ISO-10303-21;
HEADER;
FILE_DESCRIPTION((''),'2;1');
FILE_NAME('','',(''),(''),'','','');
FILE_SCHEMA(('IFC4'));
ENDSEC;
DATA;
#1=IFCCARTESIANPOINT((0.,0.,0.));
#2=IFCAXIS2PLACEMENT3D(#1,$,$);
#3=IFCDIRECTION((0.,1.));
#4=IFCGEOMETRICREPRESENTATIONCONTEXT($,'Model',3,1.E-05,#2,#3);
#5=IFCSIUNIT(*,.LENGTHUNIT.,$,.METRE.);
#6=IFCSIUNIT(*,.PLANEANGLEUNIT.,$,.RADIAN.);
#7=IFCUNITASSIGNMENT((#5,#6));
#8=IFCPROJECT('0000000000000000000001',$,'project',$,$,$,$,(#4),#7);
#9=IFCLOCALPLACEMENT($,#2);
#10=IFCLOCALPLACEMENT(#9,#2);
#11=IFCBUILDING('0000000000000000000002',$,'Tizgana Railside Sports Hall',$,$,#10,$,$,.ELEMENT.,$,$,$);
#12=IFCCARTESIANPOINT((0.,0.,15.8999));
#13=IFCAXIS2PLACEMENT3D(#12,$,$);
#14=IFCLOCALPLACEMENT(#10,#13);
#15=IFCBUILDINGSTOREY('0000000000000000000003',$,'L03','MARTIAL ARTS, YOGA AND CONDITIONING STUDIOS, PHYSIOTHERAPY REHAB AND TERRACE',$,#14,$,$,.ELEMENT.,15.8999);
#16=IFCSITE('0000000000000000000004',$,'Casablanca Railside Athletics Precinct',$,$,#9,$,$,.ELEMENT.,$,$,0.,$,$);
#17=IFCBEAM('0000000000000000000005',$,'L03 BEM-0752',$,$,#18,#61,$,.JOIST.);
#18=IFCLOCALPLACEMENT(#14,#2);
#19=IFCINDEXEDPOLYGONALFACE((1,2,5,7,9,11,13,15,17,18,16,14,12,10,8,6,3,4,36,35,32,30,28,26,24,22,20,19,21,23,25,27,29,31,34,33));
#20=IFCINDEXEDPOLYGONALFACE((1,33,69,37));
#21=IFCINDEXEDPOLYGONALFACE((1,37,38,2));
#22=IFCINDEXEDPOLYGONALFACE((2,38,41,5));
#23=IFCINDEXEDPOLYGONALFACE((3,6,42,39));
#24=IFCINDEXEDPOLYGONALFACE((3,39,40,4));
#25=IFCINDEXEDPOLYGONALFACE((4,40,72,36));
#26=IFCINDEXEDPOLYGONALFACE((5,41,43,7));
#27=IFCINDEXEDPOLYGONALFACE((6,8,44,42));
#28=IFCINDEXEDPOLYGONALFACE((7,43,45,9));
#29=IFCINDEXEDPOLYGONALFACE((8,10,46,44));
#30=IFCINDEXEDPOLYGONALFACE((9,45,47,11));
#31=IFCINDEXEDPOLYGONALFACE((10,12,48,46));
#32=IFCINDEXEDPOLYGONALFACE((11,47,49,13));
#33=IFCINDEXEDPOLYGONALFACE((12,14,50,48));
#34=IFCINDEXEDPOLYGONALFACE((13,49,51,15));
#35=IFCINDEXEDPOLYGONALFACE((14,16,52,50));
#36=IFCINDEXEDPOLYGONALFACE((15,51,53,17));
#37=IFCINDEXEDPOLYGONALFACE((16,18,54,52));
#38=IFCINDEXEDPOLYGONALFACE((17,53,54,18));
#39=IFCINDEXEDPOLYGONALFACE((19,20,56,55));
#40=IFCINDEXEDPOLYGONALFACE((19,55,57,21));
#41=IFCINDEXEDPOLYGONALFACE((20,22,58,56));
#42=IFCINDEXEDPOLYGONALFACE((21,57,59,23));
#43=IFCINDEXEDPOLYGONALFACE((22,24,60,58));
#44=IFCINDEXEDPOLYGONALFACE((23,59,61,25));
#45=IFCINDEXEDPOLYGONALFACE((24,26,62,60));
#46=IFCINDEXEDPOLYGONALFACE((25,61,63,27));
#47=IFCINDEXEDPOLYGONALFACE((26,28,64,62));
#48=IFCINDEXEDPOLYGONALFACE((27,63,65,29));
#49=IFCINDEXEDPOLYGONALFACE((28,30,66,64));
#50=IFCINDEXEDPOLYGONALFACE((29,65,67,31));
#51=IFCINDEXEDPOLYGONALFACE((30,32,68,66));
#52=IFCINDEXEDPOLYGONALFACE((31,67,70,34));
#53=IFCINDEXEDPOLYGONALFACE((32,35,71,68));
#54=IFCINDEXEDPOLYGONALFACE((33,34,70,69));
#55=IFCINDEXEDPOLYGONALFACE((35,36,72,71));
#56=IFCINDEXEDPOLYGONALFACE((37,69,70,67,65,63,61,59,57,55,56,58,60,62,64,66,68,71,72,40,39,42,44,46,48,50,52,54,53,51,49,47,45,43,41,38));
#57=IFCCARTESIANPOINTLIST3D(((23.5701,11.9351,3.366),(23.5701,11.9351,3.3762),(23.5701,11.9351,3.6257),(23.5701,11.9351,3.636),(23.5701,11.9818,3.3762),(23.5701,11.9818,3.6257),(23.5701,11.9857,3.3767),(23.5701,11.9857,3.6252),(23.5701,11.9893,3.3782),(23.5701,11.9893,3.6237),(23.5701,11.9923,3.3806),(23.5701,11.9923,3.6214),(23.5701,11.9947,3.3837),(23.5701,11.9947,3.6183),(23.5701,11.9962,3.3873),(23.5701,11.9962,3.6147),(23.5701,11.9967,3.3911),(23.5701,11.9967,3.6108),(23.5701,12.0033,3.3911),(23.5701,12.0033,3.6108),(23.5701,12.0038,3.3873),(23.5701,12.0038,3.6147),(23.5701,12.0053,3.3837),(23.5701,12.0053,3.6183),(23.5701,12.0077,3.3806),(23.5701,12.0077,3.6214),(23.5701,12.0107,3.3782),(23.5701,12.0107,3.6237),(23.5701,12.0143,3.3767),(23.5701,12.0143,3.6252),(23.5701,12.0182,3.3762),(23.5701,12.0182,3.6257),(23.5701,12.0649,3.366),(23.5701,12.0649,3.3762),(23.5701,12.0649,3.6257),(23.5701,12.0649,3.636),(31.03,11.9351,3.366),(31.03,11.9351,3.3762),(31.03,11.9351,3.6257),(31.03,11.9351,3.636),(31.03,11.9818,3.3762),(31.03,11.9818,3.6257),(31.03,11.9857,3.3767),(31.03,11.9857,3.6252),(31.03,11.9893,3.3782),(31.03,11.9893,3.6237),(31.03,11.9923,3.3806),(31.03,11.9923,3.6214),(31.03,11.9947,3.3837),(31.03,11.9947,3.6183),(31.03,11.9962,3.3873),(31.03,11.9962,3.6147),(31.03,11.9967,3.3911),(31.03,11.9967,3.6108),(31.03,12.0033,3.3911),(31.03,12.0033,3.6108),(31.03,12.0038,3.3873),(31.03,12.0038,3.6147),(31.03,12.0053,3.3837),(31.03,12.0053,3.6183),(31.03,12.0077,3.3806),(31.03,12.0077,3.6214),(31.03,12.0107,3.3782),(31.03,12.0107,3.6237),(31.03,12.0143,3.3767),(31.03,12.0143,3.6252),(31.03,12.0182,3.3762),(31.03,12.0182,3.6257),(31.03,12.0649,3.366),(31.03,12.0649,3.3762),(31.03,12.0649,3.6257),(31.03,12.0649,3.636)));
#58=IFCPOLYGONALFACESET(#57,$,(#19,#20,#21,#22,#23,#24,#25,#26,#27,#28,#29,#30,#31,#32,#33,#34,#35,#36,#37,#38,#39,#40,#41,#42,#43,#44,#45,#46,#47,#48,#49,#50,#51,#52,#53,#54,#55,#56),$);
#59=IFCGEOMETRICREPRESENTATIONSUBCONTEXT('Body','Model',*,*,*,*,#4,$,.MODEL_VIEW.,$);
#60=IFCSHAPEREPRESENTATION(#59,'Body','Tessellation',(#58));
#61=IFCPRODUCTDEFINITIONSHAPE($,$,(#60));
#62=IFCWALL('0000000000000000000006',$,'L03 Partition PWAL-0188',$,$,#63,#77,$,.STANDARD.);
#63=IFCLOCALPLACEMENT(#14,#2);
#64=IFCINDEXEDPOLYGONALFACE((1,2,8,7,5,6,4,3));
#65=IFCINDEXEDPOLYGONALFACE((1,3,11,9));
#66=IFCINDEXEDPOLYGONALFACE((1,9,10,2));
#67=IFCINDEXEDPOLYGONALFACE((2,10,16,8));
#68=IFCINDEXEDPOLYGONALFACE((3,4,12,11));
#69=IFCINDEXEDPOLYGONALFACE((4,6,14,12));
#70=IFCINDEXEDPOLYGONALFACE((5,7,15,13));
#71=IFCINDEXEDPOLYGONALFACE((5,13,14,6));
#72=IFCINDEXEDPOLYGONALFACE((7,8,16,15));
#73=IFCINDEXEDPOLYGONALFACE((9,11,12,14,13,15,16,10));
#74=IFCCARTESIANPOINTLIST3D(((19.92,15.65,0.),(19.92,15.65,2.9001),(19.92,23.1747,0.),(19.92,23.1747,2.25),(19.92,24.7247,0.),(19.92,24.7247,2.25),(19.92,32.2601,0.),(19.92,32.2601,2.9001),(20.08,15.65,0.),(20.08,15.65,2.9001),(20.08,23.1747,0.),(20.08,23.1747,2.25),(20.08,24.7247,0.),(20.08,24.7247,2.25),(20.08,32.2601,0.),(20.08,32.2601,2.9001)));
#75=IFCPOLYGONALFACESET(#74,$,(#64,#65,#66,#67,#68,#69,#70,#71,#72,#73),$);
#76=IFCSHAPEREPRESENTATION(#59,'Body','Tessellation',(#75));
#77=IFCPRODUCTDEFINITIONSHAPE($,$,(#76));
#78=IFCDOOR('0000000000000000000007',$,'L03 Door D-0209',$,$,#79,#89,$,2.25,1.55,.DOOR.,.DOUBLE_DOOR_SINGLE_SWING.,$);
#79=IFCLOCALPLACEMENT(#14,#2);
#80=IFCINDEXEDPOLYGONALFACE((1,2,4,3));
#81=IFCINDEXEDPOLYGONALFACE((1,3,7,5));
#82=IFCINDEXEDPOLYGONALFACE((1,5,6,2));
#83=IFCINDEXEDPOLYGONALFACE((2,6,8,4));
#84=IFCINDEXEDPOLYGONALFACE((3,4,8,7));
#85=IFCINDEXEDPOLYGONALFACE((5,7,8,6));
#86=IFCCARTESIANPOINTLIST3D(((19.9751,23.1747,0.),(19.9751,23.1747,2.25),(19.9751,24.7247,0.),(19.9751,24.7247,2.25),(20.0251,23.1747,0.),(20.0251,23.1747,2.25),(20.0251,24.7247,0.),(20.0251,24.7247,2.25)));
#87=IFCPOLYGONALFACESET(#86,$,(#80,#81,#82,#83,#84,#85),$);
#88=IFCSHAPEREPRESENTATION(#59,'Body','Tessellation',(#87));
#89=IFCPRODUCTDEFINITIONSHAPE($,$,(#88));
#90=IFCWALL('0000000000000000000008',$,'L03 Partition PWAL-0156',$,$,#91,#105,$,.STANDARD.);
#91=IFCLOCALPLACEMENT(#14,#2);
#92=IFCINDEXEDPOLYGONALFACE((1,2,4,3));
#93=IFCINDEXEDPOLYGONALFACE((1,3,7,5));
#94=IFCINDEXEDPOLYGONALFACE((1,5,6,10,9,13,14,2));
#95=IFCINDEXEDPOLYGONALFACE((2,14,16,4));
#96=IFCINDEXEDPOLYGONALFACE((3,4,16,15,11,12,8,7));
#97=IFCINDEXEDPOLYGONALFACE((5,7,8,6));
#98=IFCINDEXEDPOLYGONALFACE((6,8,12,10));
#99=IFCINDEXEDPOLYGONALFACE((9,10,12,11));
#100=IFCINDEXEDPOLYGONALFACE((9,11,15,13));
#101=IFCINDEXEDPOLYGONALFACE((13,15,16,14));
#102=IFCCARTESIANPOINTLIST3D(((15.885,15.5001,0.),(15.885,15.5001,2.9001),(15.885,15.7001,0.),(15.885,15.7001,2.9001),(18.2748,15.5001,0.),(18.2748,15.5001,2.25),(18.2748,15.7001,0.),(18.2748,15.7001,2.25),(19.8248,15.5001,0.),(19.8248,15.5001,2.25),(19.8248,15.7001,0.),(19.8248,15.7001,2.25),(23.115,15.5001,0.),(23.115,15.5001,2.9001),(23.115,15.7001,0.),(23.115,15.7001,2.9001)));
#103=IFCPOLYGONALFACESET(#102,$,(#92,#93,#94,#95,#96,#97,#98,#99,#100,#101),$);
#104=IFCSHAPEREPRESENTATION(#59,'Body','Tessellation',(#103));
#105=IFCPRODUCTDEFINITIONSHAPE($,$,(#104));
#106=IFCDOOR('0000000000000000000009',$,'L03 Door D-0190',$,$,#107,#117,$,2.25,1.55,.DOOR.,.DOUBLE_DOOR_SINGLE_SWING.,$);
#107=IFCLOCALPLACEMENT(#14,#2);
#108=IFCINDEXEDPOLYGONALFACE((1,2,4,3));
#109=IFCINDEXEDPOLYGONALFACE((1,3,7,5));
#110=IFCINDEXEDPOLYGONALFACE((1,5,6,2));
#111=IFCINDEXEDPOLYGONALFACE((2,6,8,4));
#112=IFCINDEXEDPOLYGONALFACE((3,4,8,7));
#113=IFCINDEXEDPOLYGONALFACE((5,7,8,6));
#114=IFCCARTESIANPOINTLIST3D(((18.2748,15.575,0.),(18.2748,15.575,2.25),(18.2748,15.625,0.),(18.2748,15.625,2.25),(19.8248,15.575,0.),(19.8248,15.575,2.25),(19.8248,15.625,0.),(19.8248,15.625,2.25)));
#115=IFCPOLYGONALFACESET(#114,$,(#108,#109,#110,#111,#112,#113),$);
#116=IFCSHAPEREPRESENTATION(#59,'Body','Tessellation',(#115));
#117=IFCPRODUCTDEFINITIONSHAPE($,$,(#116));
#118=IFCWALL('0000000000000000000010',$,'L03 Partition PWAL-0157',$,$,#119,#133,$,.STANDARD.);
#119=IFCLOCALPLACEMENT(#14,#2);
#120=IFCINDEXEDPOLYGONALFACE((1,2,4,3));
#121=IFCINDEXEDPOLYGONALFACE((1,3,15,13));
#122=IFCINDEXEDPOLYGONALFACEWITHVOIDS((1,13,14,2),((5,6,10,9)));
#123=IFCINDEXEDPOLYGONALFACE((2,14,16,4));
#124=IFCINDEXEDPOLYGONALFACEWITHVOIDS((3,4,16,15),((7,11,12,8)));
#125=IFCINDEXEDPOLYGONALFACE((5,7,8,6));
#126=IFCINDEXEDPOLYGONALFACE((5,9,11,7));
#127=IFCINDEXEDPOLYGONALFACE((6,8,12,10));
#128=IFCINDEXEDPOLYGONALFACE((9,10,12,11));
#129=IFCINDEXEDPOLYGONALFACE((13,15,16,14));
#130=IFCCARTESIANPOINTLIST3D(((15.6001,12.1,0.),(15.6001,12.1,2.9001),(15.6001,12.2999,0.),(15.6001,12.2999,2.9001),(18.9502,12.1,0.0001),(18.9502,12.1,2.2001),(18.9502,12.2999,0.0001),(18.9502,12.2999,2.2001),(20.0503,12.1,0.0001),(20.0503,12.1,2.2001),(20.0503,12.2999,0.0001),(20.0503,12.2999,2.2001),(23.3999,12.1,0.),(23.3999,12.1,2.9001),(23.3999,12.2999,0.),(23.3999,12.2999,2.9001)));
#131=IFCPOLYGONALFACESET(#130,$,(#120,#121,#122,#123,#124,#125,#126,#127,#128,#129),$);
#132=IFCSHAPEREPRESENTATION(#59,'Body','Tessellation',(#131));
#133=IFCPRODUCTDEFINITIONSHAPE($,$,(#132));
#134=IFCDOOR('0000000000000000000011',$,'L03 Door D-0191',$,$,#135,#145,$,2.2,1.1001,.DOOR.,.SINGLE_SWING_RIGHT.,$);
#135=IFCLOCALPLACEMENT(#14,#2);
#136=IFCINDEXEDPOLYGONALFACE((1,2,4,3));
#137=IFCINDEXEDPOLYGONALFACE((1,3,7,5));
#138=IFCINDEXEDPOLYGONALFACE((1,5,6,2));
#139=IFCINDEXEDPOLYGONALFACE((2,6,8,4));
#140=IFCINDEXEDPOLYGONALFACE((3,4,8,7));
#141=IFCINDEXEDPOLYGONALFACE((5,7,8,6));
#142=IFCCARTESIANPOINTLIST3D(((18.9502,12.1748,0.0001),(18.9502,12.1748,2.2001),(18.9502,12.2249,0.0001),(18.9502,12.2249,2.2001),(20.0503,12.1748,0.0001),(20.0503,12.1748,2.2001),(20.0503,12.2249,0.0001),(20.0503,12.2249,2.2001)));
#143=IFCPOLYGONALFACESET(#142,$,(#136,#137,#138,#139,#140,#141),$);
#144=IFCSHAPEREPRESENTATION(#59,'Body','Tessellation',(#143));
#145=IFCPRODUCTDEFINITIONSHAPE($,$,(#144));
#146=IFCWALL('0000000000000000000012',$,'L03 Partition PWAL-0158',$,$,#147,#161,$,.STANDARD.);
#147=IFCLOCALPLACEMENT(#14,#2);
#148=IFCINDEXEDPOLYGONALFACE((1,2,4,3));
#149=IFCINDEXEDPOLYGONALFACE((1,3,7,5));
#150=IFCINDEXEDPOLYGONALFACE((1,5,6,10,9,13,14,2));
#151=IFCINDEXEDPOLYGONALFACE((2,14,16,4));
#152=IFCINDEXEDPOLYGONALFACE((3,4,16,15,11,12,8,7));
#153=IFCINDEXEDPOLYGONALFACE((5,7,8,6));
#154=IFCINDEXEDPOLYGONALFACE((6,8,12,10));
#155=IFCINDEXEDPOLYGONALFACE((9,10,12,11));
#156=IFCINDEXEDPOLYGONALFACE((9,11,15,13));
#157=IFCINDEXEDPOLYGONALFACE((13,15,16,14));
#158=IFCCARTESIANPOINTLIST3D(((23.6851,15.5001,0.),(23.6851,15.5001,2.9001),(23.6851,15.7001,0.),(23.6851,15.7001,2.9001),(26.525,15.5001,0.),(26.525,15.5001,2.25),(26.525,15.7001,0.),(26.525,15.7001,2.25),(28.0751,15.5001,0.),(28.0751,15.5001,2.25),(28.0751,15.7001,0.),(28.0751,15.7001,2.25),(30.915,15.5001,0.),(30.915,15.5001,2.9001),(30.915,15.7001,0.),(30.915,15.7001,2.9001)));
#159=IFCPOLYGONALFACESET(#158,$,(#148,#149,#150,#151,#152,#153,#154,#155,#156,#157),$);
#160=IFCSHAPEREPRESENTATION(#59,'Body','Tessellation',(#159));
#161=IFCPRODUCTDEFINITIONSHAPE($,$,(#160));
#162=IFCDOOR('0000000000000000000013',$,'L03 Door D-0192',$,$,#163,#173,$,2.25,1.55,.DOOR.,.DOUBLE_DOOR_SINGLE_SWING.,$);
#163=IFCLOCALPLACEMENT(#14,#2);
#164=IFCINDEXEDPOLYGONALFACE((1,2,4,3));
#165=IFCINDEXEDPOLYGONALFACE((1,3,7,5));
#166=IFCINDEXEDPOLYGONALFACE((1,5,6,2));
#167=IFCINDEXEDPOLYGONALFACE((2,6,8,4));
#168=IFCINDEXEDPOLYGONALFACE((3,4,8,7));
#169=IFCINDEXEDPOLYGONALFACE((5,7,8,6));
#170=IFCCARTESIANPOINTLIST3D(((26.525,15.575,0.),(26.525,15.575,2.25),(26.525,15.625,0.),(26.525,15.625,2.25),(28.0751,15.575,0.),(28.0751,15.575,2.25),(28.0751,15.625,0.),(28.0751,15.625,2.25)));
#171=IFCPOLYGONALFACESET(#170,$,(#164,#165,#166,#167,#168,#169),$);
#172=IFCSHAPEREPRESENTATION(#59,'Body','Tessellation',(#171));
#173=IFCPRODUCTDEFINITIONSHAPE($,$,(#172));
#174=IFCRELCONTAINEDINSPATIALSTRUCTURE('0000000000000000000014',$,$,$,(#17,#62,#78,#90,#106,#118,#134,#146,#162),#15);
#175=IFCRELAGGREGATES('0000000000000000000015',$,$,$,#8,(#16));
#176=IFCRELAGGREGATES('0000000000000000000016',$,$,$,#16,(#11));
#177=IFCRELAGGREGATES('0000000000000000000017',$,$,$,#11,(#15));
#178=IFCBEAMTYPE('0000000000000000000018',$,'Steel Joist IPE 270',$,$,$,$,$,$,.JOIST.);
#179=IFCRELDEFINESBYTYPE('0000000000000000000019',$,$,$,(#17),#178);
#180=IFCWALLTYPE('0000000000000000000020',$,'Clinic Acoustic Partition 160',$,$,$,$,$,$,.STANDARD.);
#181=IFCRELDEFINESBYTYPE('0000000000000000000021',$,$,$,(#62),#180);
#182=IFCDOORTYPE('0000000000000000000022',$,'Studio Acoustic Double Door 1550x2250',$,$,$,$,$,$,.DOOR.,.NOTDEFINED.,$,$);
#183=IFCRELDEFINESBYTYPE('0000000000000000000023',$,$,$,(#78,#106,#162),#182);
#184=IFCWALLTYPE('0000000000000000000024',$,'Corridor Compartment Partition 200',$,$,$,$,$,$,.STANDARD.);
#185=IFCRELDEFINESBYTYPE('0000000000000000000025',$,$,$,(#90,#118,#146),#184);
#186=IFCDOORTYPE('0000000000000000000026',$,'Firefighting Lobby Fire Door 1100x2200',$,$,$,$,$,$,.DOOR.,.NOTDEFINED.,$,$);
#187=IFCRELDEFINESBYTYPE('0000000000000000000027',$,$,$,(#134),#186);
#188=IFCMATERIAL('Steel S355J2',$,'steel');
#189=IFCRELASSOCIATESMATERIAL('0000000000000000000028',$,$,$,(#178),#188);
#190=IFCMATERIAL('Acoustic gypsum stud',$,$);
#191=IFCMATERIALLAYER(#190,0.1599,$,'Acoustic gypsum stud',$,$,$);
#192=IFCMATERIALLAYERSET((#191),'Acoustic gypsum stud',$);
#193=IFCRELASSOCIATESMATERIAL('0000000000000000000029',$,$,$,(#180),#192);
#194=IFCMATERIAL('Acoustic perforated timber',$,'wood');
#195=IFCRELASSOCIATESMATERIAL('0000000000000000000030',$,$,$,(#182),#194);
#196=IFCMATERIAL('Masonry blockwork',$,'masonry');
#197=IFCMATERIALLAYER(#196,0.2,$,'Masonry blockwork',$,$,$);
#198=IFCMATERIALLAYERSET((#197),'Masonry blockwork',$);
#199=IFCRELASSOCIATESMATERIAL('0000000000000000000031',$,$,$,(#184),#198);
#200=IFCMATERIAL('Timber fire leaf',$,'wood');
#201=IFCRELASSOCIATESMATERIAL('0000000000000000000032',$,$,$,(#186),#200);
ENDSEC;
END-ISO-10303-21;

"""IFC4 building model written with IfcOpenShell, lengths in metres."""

from ifc_helpers import new_model, si_unit, direction, frame, frame_2d, origin, origin_2d, place, context, subcontext, project, spatial, rectangle, i_section, extrude, material, layer, layer_set, material_profile, profile_set, type_object, element, fill, save


model = new_model("IFC4")

# Units and contexts
model_context = context("Model", 3, precision=1e-05, world=origin(), true_north=direction((0.0, 1.0)))
body_context = subcontext(model_context, "Body", "Model", "MODEL_VIEW")
ifc_project = project(units=[si_unit("LENGTHUNIT", "METRE"), si_unit("PLANEANGLEUNIT", "RADIAN")], contexts=[model_context])

# Site, building, storey
site_placement = place(None, origin())
site = spatial("IfcSite", under=ifc_project, at=site_placement, Name="Casablanca Railside Athletics Precinct", CompositionType="ELEMENT", RefElevation=0.0)
building_placement = place(site_placement, origin())
building = spatial("IfcBuilding", under=site, at=building_placement, Name="Tizgana Railside Sports Hall", CompositionType="ELEMENT")
storey_placement = place(building_placement, frame((0.0, 0.0, 15.8999)))
storey = spatial("IfcBuildingStorey", under=building, at=storey_placement, Name="L03", Description="MARTIAL ARTS, YOGA AND CONDITIONING STUDIOS, PHYSIOTHERAPY REHAB AND TERRACE", CompositionType="ELEMENT", Elevation=15.8999)

# Beam
ifc_material_1 = material(Name="Steel S355J2", Category="steel")
ifc_material_profile_1 = material_profile(ifc_material_1, i_section(OverallWidth=0.1299, OverallDepth=0.27, WebThickness=0.0066, FlangeThickness=0.0103, FilletRadius=0.0149, at=origin_2d()), Name="IPE 270")
ifc_profile_set_1 = profile_set([ifc_material_profile_1], Name="Steel S355J2")
beam_type_1 = type_object("IfcBeamType", Name="Steel Joist IPE 270", PredefinedType="JOIST", material=ifc_profile_set_1)
for number, where, z_axis, x_axis, name in (
    (1, (23.5701, 12.0, 3.501), (1.0, 0.0, 0.0), (0.0, 1.0, 0.0), "L03 BEM-0752"),
):
    element("IfcBeam", number, at=place(storey_placement, frame(where, z_axis=z_axis, x_axis=x_axis)), inside=storey, type_object=beam_type_1, Name=name, PredefinedType="JOIST", context=body_context, shape_type="SweptSolid", body=[
        extrude(i_section(OverallWidth=0.1299, OverallDepth=0.27, WebThickness=0.0066, FlangeThickness=0.0103, FilletRadius=0.0149, at=origin_2d()), origin(), (0.0, 0.0, 1.0), 7.46),
    ])

# Walls, openings, doors
ifc_material_2 = material(Name="Acoustic gypsum stud")
ifc_layer_1 = layer(ifc_material_2, 0.1599, Name="Acoustic gypsum stud")
ifc_layer_set_1 = layer_set([ifc_layer_1], Name="Acoustic gypsum stud")
wall_type_1 = type_object("IfcWallType", Name="Clinic Acoustic Partition 160", PredefinedType="STANDARD", material=ifc_layer_set_1)
wall_1_placement = place(storey_placement, frame((20.0, 15.6499, 0.0), z_axis=(0.0, 0.0, 1.0), x_axis=(0.0, 1.0, 0.0)))
wall_1 = element("IfcWall", 2, at=wall_1_placement, inside=storey, type_object=wall_type_1, Name="L03 Partition PWAL-0188", PredefinedType="STANDARD", context=body_context, shape_type="SweptSolid", body=[
    extrude(rectangle(XDim=16.6101, YDim=0.1599, at=frame_2d((8.3052, 0.0))), origin(), (0.0, 0.0, 1.0), 2.9001),
])
opening_1_placement = place(wall_1_placement, frame((7.5249, 0.0, 0.0)))
opening_1 = element("IfcOpeningElement", 3, at=opening_1_placement, cuts=wall_1, PredefinedType="OPENING", context=body_context, shape_type="SweptSolid", body=[
    extrude(rectangle(XDim=1.55, YDim=2.25, at=frame_2d((0.7749, 1.125))), frame((0.0, 0.0898, 0.0), z_axis=(0.0, -1.0, 0.0), x_axis=(1.0, 0.0, 0.0)), (0.0, 0.0, 1.0), 0.1799),
])
ifc_material_3 = material(Name="Acoustic perforated timber", Category="wood")
door_type_1 = type_object("IfcDoorType", Name="Studio Acoustic Double Door 1550x2250", OperationType="NOTDEFINED", PredefinedType="DOOR", material=ifc_material_3)
door_1_placement = place(opening_1_placement, origin())
door_1 = element("IfcDoor", 4, at=door_1_placement, inside=storey, type_object=door_type_1, Name="L03 Door D-0209", OperationType="DOUBLE_DOOR_SINGLE_SWING", OverallHeight=2.25, OverallWidth=1.55, PredefinedType="DOOR", context=body_context, shape_type="SweptSolid", body=[
    extrude(rectangle(XDim=1.55, YDim=2.25, at=frame_2d((0.7749, 1.125))), frame((0.0, 0.0249, 0.0), z_axis=(0.0, -1.0, 0.0), x_axis=(1.0, 0.0, 0.0)), (0.0, 0.0, 1.0), 0.05),
])
fill(opening_1, door_1)
ifc_material_4 = material(Name="Masonry blockwork", Category="masonry")
ifc_layer_2 = layer(ifc_material_4, 0.2, Name="Masonry blockwork")
ifc_layer_set_2 = layer_set([ifc_layer_2], Name="Masonry blockwork")
wall_type_2 = type_object("IfcWallType", Name="Corridor Compartment Partition 200", PredefinedType="STANDARD", material=ifc_layer_set_2)
wall_2_placement = place(storey_placement, frame((15.885, 15.6001, 0.0), z_axis=(0.0, 0.0, 1.0), x_axis=(1.0, 0.0, 0.0)))
wall_2 = element("IfcWall", 5, at=wall_2_placement, inside=storey, type_object=wall_type_2, Name="L03 Partition PWAL-0156", PredefinedType="STANDARD", context=body_context, shape_type="SweptSolid", body=[
    extrude(rectangle(XDim=7.23, YDim=0.2, at=frame_2d((3.615, 0.0))), origin(), (0.0, 0.0, 1.0), 2.9001),
])
opening_2_placement = place(wall_2_placement, frame((2.3899, 0.0, 0.0)))
opening_2 = element("IfcOpeningElement", 6, at=opening_2_placement, cuts=wall_2, PredefinedType="OPENING", context=body_context, shape_type="SweptSolid", body=[
    extrude(rectangle(XDim=1.55, YDim=2.25, at=frame_2d((0.7749, 1.125))), frame((0.0, 0.1099, 0.0), z_axis=(0.0, -1.0, 0.0), x_axis=(1.0, 0.0, 0.0)), (0.0, 0.0, 1.0), 0.22),
])
door_2_placement = place(opening_2_placement, origin())
door_2 = element("IfcDoor", 7, at=door_2_placement, inside=storey, type_object=door_type_1, Name="L03 Door D-0190", OperationType="DOUBLE_DOOR_SINGLE_SWING", OverallHeight=2.25, OverallWidth=1.55, PredefinedType="DOOR", context=body_context, shape_type="SweptSolid", body=[
    extrude(rectangle(XDim=1.55, YDim=2.25, at=frame_2d((0.7749, 1.125))), frame((0.0, 0.0249, 0.0), z_axis=(0.0, -1.0, 0.0), x_axis=(1.0, 0.0, 0.0)), (0.0, 0.0, 1.0), 0.05),
])
fill(opening_2, door_2)
wall_3_placement = place(storey_placement, frame((15.6001, 12.2, 0.0), z_axis=(0.0, 0.0, 1.0), x_axis=(1.0, 0.0, 0.0)))
wall_3 = element("IfcWall", 8, at=wall_3_placement, inside=storey, type_object=wall_type_2, Name="L03 Partition PWAL-0157", PredefinedType="STANDARD", context=body_context, shape_type="SweptSolid", body=[
    extrude(rectangle(XDim=7.7998, YDim=0.2, at=frame_2d((3.8999, 0.0))), origin(), (0.0, 0.0, 1.0), 2.9001),
])
opening_3_placement = place(wall_3_placement, frame((3.3501, 0.0, 0.0)))
opening_3 = element("IfcOpeningElement", 9, at=opening_3_placement, cuts=wall_3, PredefinedType="OPENING", context=body_context, shape_type="SweptSolid", body=[
    extrude(rectangle(XDim=1.1001, YDim=2.2, at=frame_2d((0.55, 1.1001))), frame((0.0, 0.1099, 0.0), z_axis=(0.0, -1.0, 0.0), x_axis=(1.0, 0.0, 0.0)), (0.0, 0.0, 1.0), 0.22),
])
ifc_material_5 = material(Name="Timber fire leaf", Category="wood")
door_type_2 = type_object("IfcDoorType", Name="Firefighting Lobby Fire Door 1100x2200", OperationType="NOTDEFINED", PredefinedType="DOOR", material=ifc_material_5)
door_3_placement = place(opening_3_placement, origin())
door_3 = element("IfcDoor", 10, at=door_3_placement, inside=storey, type_object=door_type_2, Name="L03 Door D-0191", OperationType="SINGLE_SWING_RIGHT", OverallHeight=2.2, OverallWidth=1.1001, PredefinedType="DOOR", context=body_context, shape_type="SweptSolid", body=[
    extrude(rectangle(XDim=1.1001, YDim=2.2, at=frame_2d((0.55, 1.1001))), frame((0.0, 0.0249, 0.0), z_axis=(0.0, -1.0, 0.0), x_axis=(1.0, 0.0, 0.0)), (0.0, 0.0, 1.0), 0.05),
])
fill(opening_3, door_3)
wall_4_placement = place(storey_placement, frame((23.6851, 15.6001, 0.0), z_axis=(0.0, 0.0, 1.0), x_axis=(1.0, 0.0, 0.0)))
wall_4 = element("IfcWall", 11, at=wall_4_placement, inside=storey, type_object=wall_type_2, Name="L03 Partition PWAL-0158", PredefinedType="STANDARD", context=body_context, shape_type="SweptSolid", body=[
    extrude(rectangle(XDim=7.23, YDim=0.2, at=frame_2d((3.615, 0.0))), origin(), (0.0, 0.0, 1.0), 2.9001),
])
opening_4_placement = place(wall_4_placement, frame((2.8401, 0.0, 0.0)))
opening_4 = element("IfcOpeningElement", 12, at=opening_4_placement, cuts=wall_4, PredefinedType="OPENING", context=body_context, shape_type="SweptSolid", body=[
    extrude(rectangle(XDim=1.55, YDim=2.25, at=frame_2d((0.7749, 1.125))), frame((0.0, 0.1099, 0.0), z_axis=(0.0, -1.0, 0.0), x_axis=(1.0, 0.0, 0.0)), (0.0, 0.0, 1.0), 0.22),
])
door_4_placement = place(opening_4_placement, origin())
door_4 = element("IfcDoor", 13, at=door_4_placement, inside=storey, type_object=door_type_1, Name="L03 Door D-0192", OperationType="DOUBLE_DOOR_SINGLE_SWING", OverallHeight=2.25, OverallWidth=1.55, PredefinedType="DOOR", context=body_context, shape_type="SweptSolid", body=[
    extrude(rectangle(XDim=1.55, YDim=2.25, at=frame_2d((0.7749, 1.125))), frame((0.0, 0.0249, 0.0), z_axis=(0.0, -1.0, 0.0), x_axis=(1.0, 0.0, 0.0)), (0.0, 0.0, 1.0), 0.05),
])
fill(opening_4, door_4)

save(model, "model.ifc")
